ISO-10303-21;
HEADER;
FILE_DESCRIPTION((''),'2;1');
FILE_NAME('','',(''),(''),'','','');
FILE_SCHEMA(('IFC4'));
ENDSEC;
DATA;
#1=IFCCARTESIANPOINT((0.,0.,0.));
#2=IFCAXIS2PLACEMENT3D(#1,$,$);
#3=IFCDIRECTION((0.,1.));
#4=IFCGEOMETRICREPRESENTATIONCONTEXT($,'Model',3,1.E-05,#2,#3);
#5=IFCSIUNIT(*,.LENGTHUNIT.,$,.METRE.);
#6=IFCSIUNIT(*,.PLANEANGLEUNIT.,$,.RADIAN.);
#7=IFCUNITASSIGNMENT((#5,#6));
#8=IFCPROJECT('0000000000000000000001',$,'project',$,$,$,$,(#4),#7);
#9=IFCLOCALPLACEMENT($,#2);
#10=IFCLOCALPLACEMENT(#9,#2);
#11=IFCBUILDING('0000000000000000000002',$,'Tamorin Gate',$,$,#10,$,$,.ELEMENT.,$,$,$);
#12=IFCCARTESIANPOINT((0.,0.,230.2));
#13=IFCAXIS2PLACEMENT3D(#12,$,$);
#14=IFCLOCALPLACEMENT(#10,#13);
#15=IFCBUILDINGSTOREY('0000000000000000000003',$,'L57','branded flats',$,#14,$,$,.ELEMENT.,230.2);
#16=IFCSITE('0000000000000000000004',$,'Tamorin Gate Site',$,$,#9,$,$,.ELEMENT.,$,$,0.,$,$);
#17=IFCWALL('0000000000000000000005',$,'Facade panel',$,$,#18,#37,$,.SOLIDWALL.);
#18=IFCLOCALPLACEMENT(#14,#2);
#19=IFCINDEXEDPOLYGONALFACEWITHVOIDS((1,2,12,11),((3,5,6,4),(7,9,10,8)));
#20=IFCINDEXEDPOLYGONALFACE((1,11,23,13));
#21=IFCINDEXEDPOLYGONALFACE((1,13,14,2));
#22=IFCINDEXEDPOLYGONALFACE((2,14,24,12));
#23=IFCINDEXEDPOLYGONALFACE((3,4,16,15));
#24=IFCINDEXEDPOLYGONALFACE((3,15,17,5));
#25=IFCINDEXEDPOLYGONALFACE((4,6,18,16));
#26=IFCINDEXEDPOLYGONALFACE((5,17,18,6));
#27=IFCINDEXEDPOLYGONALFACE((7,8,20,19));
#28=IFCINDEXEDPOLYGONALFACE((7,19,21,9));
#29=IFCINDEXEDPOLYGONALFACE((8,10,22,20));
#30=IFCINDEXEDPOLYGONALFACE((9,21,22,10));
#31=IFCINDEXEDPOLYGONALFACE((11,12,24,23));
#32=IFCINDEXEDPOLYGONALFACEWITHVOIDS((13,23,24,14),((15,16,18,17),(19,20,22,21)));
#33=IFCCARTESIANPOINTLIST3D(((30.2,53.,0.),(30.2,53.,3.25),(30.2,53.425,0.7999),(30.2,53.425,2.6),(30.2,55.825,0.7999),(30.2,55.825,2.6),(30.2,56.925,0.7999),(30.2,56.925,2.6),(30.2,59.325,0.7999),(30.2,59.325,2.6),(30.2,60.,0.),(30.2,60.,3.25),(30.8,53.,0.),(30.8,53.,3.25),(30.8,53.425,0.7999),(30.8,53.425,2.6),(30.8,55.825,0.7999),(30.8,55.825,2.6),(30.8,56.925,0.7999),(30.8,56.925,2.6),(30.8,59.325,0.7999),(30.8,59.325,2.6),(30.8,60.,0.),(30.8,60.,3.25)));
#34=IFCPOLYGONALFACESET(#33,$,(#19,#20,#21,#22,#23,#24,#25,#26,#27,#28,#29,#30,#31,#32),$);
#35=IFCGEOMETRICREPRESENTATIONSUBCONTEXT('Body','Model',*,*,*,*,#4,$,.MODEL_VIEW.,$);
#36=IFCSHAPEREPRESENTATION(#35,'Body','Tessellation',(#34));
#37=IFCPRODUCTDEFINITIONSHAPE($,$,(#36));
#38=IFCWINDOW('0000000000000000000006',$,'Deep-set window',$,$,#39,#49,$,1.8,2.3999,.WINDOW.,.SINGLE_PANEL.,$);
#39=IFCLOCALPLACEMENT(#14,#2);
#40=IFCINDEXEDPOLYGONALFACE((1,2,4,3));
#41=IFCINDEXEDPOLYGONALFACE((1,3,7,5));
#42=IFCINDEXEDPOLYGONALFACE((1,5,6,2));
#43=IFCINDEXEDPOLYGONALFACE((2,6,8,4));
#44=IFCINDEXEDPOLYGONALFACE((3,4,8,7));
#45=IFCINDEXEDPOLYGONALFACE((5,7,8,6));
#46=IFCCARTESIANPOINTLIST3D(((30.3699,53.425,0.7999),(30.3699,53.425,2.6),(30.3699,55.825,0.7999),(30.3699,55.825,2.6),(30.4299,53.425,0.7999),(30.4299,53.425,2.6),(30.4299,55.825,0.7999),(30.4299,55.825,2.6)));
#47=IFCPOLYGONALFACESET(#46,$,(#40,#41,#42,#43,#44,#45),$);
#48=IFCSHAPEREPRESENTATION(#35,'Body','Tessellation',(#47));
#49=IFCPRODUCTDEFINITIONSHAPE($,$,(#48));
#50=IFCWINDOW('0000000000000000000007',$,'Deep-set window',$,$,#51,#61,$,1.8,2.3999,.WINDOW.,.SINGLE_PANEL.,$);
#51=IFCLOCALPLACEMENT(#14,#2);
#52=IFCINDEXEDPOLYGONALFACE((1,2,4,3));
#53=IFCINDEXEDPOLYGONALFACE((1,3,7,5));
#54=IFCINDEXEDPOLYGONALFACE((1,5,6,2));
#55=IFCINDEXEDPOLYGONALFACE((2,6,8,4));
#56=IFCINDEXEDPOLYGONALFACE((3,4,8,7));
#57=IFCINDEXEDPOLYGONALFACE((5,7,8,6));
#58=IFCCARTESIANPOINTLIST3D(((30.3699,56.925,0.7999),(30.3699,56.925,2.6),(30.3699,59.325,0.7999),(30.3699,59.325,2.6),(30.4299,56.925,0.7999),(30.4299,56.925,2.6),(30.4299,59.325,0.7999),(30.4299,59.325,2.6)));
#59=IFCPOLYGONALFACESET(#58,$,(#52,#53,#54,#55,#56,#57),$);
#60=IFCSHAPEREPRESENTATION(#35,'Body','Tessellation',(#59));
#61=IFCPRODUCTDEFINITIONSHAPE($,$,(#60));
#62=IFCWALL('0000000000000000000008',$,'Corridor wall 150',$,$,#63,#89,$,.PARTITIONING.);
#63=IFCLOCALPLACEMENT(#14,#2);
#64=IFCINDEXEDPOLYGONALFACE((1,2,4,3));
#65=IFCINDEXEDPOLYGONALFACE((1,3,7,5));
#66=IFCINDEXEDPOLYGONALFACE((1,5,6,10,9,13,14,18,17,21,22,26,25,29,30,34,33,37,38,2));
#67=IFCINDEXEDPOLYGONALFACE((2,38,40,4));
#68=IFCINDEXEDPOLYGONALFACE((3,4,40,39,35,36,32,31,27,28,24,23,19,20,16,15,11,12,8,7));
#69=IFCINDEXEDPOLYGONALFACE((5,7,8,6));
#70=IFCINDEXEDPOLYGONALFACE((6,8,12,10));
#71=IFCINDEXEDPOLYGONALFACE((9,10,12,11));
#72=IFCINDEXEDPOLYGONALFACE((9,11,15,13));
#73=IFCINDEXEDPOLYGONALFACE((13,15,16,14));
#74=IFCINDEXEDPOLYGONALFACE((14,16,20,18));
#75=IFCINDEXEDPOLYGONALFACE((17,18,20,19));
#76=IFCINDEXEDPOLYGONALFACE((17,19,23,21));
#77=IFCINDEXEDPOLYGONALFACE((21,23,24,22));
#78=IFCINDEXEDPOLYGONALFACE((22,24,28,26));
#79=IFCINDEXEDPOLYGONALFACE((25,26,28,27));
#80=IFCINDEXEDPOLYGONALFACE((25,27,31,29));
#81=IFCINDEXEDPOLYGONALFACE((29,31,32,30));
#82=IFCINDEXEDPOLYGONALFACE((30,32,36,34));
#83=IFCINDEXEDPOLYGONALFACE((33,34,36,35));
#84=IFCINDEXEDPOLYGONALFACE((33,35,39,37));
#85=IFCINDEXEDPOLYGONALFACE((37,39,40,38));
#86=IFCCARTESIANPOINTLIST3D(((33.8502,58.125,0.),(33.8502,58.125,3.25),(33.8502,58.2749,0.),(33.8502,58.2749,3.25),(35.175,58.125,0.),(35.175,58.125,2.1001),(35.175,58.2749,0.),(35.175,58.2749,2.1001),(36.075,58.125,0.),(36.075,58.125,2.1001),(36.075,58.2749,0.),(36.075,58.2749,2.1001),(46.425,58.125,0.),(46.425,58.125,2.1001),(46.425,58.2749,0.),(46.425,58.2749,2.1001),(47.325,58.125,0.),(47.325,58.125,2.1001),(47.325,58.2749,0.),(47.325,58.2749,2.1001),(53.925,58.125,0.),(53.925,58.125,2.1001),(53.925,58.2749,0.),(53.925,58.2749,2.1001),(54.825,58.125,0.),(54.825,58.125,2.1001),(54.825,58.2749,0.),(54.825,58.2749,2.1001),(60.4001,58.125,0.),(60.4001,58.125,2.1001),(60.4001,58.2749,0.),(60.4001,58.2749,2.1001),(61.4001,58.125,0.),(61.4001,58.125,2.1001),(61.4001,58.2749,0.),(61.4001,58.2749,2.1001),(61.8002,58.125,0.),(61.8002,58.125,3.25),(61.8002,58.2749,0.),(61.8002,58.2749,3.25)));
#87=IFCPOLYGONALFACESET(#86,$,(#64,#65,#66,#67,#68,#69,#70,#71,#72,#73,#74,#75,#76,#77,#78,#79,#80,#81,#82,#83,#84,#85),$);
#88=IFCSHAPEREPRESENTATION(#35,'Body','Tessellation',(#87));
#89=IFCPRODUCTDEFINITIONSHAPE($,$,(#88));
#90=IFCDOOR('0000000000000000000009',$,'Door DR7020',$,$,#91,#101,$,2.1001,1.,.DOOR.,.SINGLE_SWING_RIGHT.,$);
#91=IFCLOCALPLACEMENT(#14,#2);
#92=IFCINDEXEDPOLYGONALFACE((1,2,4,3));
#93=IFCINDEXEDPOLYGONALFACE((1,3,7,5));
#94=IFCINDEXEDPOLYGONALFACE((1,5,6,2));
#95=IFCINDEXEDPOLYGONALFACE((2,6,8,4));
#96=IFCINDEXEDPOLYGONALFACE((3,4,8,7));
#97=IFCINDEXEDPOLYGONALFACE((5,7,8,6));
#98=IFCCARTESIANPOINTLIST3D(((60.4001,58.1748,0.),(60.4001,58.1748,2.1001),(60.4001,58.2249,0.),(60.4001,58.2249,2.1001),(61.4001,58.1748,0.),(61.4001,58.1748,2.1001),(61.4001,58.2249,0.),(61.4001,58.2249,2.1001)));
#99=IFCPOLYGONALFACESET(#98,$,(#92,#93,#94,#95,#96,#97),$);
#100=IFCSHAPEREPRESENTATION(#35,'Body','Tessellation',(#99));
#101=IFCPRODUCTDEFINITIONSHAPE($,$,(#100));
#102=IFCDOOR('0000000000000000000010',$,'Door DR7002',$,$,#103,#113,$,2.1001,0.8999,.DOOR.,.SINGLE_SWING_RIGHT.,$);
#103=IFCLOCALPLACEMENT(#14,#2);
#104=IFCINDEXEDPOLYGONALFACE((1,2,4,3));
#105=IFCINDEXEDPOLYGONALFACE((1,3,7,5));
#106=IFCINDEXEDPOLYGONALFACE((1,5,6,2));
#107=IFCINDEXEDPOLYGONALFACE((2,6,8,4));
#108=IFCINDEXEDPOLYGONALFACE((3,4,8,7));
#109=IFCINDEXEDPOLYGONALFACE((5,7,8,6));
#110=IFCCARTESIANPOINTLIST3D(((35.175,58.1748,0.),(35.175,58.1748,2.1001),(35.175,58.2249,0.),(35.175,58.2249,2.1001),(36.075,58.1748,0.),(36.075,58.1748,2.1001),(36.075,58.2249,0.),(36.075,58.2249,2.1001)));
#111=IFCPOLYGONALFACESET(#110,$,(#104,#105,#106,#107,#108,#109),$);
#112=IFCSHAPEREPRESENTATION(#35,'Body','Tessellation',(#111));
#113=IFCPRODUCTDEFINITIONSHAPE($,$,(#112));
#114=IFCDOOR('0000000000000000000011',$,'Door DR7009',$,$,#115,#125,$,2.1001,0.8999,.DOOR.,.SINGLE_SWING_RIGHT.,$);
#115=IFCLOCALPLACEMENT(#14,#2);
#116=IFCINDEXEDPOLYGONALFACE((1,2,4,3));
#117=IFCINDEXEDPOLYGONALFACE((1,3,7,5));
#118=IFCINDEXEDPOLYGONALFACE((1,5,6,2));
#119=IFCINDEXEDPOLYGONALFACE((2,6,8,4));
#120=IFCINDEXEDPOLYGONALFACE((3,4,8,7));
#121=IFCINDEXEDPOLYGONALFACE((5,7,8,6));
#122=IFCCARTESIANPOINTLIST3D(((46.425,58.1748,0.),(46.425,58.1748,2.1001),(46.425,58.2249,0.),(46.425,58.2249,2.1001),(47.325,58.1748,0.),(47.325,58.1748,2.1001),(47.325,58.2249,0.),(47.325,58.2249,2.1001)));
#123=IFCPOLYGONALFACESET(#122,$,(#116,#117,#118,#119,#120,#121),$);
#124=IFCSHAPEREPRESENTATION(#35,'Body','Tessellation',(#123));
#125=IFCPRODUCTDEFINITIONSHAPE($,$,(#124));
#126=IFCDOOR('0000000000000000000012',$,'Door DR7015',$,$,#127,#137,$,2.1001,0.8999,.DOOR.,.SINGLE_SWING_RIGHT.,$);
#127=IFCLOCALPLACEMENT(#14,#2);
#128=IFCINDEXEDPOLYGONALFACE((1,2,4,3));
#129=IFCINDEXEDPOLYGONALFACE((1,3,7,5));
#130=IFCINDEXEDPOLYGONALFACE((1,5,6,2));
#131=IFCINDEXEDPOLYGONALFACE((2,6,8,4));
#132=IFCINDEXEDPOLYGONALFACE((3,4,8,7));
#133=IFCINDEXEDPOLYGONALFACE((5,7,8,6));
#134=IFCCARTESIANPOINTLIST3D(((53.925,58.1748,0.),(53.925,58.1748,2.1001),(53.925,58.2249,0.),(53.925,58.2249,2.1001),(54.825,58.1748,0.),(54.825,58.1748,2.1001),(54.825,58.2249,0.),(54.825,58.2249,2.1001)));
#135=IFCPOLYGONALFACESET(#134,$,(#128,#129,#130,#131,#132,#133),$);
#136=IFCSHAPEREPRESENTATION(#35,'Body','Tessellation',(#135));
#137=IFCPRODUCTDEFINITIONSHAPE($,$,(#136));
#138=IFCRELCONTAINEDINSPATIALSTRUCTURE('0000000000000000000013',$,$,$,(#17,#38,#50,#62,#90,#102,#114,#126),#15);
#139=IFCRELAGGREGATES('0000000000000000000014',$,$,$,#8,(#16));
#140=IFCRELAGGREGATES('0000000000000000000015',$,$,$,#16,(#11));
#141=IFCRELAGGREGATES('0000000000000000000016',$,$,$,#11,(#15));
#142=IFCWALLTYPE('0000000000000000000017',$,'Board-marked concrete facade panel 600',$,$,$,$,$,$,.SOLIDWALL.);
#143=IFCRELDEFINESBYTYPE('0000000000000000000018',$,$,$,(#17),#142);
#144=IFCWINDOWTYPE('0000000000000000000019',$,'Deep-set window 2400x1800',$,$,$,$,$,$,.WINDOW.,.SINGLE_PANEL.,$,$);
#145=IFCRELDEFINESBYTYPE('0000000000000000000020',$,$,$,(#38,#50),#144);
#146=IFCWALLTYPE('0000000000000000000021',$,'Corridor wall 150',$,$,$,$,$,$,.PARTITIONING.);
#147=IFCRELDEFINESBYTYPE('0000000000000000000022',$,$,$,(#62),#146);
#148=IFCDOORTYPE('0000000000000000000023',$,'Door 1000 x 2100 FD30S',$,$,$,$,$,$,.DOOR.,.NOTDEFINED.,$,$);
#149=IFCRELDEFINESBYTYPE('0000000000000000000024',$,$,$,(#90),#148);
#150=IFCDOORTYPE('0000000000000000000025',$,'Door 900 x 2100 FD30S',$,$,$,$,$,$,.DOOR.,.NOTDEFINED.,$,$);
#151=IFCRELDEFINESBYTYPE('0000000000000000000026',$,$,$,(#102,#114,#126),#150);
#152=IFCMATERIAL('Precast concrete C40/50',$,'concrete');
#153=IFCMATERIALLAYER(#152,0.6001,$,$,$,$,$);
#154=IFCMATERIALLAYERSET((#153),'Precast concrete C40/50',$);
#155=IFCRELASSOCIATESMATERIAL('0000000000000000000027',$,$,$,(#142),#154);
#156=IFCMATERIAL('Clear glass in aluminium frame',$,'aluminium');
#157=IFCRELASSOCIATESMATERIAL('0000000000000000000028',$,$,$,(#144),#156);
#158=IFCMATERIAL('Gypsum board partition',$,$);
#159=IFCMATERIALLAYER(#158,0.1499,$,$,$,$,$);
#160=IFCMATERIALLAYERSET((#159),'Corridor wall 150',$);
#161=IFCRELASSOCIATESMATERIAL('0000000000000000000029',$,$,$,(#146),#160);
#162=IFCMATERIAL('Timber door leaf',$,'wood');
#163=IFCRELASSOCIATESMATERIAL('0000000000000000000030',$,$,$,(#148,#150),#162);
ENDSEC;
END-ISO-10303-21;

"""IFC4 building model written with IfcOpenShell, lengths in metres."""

from ifc_helpers import new_model, si_unit, direction, frame, frame_2d, origin, place, context, subcontext, project, spatial, rectangle, extrude, material, layer, layer_set, type_object, element, fill, save


model = new_model("IFC4")

# Units and contexts
model_context = context("Model", 3, precision=1e-05, world=origin(), true_north=direction((0.0, 1.0)))
body_context = subcontext(model_context, "Body", "Model", "MODEL_VIEW")
ifc_project = project(units=[si_unit("LENGTHUNIT", "METRE"), si_unit("PLANEANGLEUNIT", "RADIAN")], contexts=[model_context])

# Site, building, storey
site_placement = place(None, origin())
site = spatial("IfcSite", under=ifc_project, at=site_placement, Name="Tamorin Gate Site", CompositionType="ELEMENT", RefElevation=0.0)
building_placement = place(site_placement, origin())
building = spatial("IfcBuilding", under=site, at=building_placement, Name="Tamorin Gate", CompositionType="ELEMENT")
storey_placement = place(building_placement, frame((0.0, 0.0, 230.2)))
storey = spatial("IfcBuildingStorey", under=building, at=storey_placement, Name="L57", Description="branded flats", CompositionType="ELEMENT", Elevation=230.2)

# Wall, openings, windows
ifc_material_1 = material(Name="Precast concrete C40/50", Category="concrete")
ifc_layer_1 = layer(ifc_material_1, 0.6001)
ifc_layer_set_1 = layer_set([ifc_layer_1], Name="Precast concrete C40/50")
wall_type_1 = type_object("IfcWallType", Name="Board-marked concrete facade panel 600", PredefinedType="SOLIDWALL", material=ifc_layer_set_1)
wall_1_placement = place(storey_placement, frame((30.5, 60.0, 0.0), z_axis=(0.0, 0.0, 1.0), x_axis=(0.0, -1.0, 0.0)))
wall_1 = element("IfcWall", 1, at=wall_1_placement, inside=storey, type_object=wall_type_1, Name="Facade panel", PredefinedType="SOLIDWALL", context=body_context, shape_type="SweptSolid", body=[
    extrude(rectangle(XDim=7.0, YDim=0.6001, at=frame_2d((3.5, 0.0))), origin(), (0.0, 0.0, 1.0), 3.25),
])
opening_1_placement = place(wall_1_placement, frame((4.175, 0.0, 0.8)))
opening_1 = element("IfcOpeningElement", 2, at=opening_1_placement, cuts=wall_1, PredefinedType="OPENING", context=body_context, shape_type="SweptSolid", body=[
    extrude(rectangle(XDim=2.3999, YDim=1.8, at=frame_2d((1.2, 0.8999))), frame((0.0, 0.3101, 0.0), z_axis=(0.0, -1.0, 0.0), x_axis=(1.0, 0.0, 0.0)), (0.0, 0.0, 1.0), 0.6201),
])
opening_2_placement = place(wall_1_placement, frame((0.675, 0.0, 0.8)))
opening_2 = element("IfcOpeningElement", 3, at=opening_2_placement, cuts=wall_1, PredefinedType="OPENING", context=body_context, shape_type="SweptSolid", body=[
    extrude(rectangle(XDim=2.3999, YDim=1.8, at=frame_2d((1.2, 0.8999))), frame((0.0, 0.3101, 0.0), z_axis=(0.0, -1.0, 0.0), x_axis=(1.0, 0.0, 0.0)), (0.0, 0.0, 1.0), 0.6201),
])
ifc_material_2 = material(Name="Clear glass in aluminium frame", Category="aluminium")
window_type = type_object("IfcWindowType", Name="Deep-set window 2400x1800", PartitioningType="SINGLE_PANEL", PredefinedType="WINDOW", material=ifc_material_2)
window_1_placement = place(opening_1_placement, origin())
window_1 = element("IfcWindow", 4, at=window_1_placement, inside=storey, type_object=window_type, Name="Deep-set window", OverallHeight=1.8, OverallWidth=2.3999, PartitioningType="SINGLE_PANEL", PredefinedType="WINDOW", context=body_context, shape_type="SweptSolid", body=[
    extrude(rectangle(XDim=2.3999, YDim=1.8, at=frame_2d((1.2, 0.8999))), frame((0.0, -0.0701, 0.0), z_axis=(0.0, -1.0, 0.0), x_axis=(1.0, 0.0, 0.0)), (0.0, 0.0, 1.0), 0.0601),
])
fill(opening_1, window_1)
window_2_placement = place(opening_2_placement, origin())
window_2 = element("IfcWindow", 5, at=window_2_placement, inside=storey, type_object=window_type, Name="Deep-set window", OverallHeight=1.8, OverallWidth=2.3999, PartitioningType="SINGLE_PANEL", PredefinedType="WINDOW", context=body_context, shape_type="SweptSolid", body=[
    extrude(rectangle(XDim=2.3999, YDim=1.8, at=frame_2d((1.2, 0.8999))), frame((0.0, -0.0701, 0.0), z_axis=(0.0, -1.0, 0.0), x_axis=(1.0, 0.0, 0.0)), (0.0, 0.0, 1.0), 0.0601),
])
fill(opening_2, window_2)

# Wall, openings, doors
ifc_material_3 = material(Name="Gypsum board partition")
ifc_layer_2 = layer(ifc_material_3, 0.1499)
ifc_layer_set_2 = layer_set([ifc_layer_2], Name="Corridor wall 150")
wall_type_2 = type_object("IfcWallType", Name="Corridor wall 150", PredefinedType="PARTITIONING", material=ifc_layer_set_2)
wall_2_placement = place(storey_placement, frame((33.8501, 58.2, 0.0), z_axis=(0.0, 0.0, 1.0), x_axis=(1.0, 0.0, 0.0)))
wall_2 = element("IfcWall", 6, at=wall_2_placement, inside=storey, type_object=wall_type_2, Name="Corridor wall 150", PredefinedType="PARTITIONING", context=body_context, shape_type="SweptSolid", body=[
    extrude(rectangle(XDim=27.95, YDim=0.1499, at=frame_2d((13.9751, 0.0))), origin(), (0.0, 0.0, 1.0), 3.25),
])
opening_3_placement = place(wall_2_placement, frame((1.325, 0.0, 0.0)))
opening_3 = element("IfcOpeningElement", 7, at=opening_3_placement, cuts=wall_2, PredefinedType="OPENING", context=body_context, shape_type="SweptSolid", body=[
    extrude(rectangle(XDim=0.8999, YDim=2.1001, at=frame_2d((0.45, 1.05))), frame((0.0, 0.085, 0.0), z_axis=(0.0, -1.0, 0.0), x_axis=(1.0, 0.0, 0.0)), (0.0, 0.0, 1.0), 0.1699),
])
opening_4_placement = place(wall_2_placement, frame((12.575, 0.0, 0.0)))
opening_4 = element("IfcOpeningElement", 8, at=opening_4_placement, cuts=wall_2, PredefinedType="OPENING", context=body_context, shape_type="SweptSolid", body=[
    extrude(rectangle(XDim=0.8999, YDim=2.1001, at=frame_2d((0.45, 1.05))), frame((0.0, 0.085, 0.0), z_axis=(0.0, -1.0, 0.0), x_axis=(1.0, 0.0, 0.0)), (0.0, 0.0, 1.0), 0.1699),
])
opening_5_placement = place(wall_2_placement, frame((20.075, 0.0, 0.0)))
opening_5 = element("IfcOpeningElement", 9, at=opening_5_placement, cuts=wall_2, PredefinedType="OPENING", context=body_context, shape_type="SweptSolid", body=[
    extrude(rectangle(XDim=0.8999, YDim=2.1001, at=frame_2d((0.45, 1.05))), frame((0.0, 0.085, 0.0), z_axis=(0.0, -1.0, 0.0), x_axis=(1.0, 0.0, 0.0)), (0.0, 0.0, 1.0), 0.1699),
])
opening_6_placement = place(wall_2_placement, frame((26.55, 0.0, 0.0)))
opening_6 = element("IfcOpeningElement", 10, at=opening_6_placement, cuts=wall_2, PredefinedType="OPENING", context=body_context, shape_type="SweptSolid", body=[
    extrude(rectangle(XDim=1.0, YDim=2.1001, at=frame_2d((0.5, 1.05))), frame((0.0, 0.085, 0.0), z_axis=(0.0, -1.0, 0.0), x_axis=(1.0, 0.0, 0.0)), (0.0, 0.0, 1.0), 0.1699),
])
ifc_material_4 = material(Name="Timber door leaf", Category="wood")
door_type_1 = type_object("IfcDoorType", Name="Door 1000 x 2100 FD30S", OperationType="NOTDEFINED", PredefinedType="DOOR", material=ifc_material_4)
door_1_placement = place(opening_6_placement, origin())
door_1 = element("IfcDoor", 11, at=door_1_placement, inside=storey, type_object=door_type_1, Name="Door DR7020", OperationType="SINGLE_SWING_RIGHT", OverallHeight=2.1001, OverallWidth=1.0, PredefinedType="DOOR", context=body_context, shape_type="SweptSolid", body=[
    extrude(rectangle(XDim=1.0, YDim=2.1001, at=frame_2d((0.5, 1.05))), frame((0.0, 0.0249, 0.0), z_axis=(0.0, -1.0, 0.0), x_axis=(1.0, 0.0, 0.0)), (0.0, 0.0, 1.0), 0.05),
])
fill(opening_6, door_1)
door_type_2 = type_object("IfcDoorType", Name="Door 900 x 2100 FD30S", OperationType="NOTDEFINED", PredefinedType="DOOR", material=ifc_material_4)
door_2_placement = place(opening_3_placement, origin())
door_2 = element("IfcDoor", 12, at=door_2_placement, inside=storey, type_object=door_type_2, Name="Door DR7002", OperationType="SINGLE_SWING_RIGHT", OverallHeight=2.1001, OverallWidth=0.8999, PredefinedType="DOOR", context=body_context, shape_type="SweptSolid", body=[
    extrude(rectangle(XDim=0.8999, YDim=2.1001, at=frame_2d((0.45, 1.05))), frame((0.0, 0.0249, 0.0), z_axis=(0.0, -1.0, 0.0), x_axis=(1.0, 0.0, 0.0)), (0.0, 0.0, 1.0), 0.05),
])
fill(opening_3, door_2)
door_3_placement = place(opening_4_placement, origin())
door_3 = element("IfcDoor", 13, at=door_3_placement, inside=storey, type_object=door_type_2, Name="Door DR7009", OperationType="SINGLE_SWING_RIGHT", OverallHeight=2.1001, OverallWidth=0.8999, PredefinedType="DOOR", context=body_context, shape_type="SweptSolid", body=[
    extrude(rectangle(XDim=0.8999, YDim=2.1001, at=frame_2d((0.45, 1.05))), frame((0.0, 0.0249, 0.0), z_axis=(0.0, -1.0, 0.0), x_axis=(1.0, 0.0, 0.0)), (0.0, 0.0, 1.0), 0.05),
])
fill(opening_4, door_3)
door_4_placement = place(opening_5_placement, origin())
door_4 = element("IfcDoor", 14, at=door_4_placement, inside=storey, type_object=door_type_2, Name="Door DR7015", OperationType="SINGLE_SWING_RIGHT", OverallHeight=2.1001, OverallWidth=0.8999, PredefinedType="DOOR", context=body_context, shape_type="SweptSolid", body=[
    extrude(rectangle(XDim=0.8999, YDim=2.1001, at=frame_2d((0.45, 1.05))), frame((0.0, 0.0249, 0.0), z_axis=(0.0, -1.0, 0.0), x_axis=(1.0, 0.0, 0.0)), (0.0, 0.0, 1.0), 0.05),
])
fill(opening_5, door_4)

save(model, "model.ifc")
